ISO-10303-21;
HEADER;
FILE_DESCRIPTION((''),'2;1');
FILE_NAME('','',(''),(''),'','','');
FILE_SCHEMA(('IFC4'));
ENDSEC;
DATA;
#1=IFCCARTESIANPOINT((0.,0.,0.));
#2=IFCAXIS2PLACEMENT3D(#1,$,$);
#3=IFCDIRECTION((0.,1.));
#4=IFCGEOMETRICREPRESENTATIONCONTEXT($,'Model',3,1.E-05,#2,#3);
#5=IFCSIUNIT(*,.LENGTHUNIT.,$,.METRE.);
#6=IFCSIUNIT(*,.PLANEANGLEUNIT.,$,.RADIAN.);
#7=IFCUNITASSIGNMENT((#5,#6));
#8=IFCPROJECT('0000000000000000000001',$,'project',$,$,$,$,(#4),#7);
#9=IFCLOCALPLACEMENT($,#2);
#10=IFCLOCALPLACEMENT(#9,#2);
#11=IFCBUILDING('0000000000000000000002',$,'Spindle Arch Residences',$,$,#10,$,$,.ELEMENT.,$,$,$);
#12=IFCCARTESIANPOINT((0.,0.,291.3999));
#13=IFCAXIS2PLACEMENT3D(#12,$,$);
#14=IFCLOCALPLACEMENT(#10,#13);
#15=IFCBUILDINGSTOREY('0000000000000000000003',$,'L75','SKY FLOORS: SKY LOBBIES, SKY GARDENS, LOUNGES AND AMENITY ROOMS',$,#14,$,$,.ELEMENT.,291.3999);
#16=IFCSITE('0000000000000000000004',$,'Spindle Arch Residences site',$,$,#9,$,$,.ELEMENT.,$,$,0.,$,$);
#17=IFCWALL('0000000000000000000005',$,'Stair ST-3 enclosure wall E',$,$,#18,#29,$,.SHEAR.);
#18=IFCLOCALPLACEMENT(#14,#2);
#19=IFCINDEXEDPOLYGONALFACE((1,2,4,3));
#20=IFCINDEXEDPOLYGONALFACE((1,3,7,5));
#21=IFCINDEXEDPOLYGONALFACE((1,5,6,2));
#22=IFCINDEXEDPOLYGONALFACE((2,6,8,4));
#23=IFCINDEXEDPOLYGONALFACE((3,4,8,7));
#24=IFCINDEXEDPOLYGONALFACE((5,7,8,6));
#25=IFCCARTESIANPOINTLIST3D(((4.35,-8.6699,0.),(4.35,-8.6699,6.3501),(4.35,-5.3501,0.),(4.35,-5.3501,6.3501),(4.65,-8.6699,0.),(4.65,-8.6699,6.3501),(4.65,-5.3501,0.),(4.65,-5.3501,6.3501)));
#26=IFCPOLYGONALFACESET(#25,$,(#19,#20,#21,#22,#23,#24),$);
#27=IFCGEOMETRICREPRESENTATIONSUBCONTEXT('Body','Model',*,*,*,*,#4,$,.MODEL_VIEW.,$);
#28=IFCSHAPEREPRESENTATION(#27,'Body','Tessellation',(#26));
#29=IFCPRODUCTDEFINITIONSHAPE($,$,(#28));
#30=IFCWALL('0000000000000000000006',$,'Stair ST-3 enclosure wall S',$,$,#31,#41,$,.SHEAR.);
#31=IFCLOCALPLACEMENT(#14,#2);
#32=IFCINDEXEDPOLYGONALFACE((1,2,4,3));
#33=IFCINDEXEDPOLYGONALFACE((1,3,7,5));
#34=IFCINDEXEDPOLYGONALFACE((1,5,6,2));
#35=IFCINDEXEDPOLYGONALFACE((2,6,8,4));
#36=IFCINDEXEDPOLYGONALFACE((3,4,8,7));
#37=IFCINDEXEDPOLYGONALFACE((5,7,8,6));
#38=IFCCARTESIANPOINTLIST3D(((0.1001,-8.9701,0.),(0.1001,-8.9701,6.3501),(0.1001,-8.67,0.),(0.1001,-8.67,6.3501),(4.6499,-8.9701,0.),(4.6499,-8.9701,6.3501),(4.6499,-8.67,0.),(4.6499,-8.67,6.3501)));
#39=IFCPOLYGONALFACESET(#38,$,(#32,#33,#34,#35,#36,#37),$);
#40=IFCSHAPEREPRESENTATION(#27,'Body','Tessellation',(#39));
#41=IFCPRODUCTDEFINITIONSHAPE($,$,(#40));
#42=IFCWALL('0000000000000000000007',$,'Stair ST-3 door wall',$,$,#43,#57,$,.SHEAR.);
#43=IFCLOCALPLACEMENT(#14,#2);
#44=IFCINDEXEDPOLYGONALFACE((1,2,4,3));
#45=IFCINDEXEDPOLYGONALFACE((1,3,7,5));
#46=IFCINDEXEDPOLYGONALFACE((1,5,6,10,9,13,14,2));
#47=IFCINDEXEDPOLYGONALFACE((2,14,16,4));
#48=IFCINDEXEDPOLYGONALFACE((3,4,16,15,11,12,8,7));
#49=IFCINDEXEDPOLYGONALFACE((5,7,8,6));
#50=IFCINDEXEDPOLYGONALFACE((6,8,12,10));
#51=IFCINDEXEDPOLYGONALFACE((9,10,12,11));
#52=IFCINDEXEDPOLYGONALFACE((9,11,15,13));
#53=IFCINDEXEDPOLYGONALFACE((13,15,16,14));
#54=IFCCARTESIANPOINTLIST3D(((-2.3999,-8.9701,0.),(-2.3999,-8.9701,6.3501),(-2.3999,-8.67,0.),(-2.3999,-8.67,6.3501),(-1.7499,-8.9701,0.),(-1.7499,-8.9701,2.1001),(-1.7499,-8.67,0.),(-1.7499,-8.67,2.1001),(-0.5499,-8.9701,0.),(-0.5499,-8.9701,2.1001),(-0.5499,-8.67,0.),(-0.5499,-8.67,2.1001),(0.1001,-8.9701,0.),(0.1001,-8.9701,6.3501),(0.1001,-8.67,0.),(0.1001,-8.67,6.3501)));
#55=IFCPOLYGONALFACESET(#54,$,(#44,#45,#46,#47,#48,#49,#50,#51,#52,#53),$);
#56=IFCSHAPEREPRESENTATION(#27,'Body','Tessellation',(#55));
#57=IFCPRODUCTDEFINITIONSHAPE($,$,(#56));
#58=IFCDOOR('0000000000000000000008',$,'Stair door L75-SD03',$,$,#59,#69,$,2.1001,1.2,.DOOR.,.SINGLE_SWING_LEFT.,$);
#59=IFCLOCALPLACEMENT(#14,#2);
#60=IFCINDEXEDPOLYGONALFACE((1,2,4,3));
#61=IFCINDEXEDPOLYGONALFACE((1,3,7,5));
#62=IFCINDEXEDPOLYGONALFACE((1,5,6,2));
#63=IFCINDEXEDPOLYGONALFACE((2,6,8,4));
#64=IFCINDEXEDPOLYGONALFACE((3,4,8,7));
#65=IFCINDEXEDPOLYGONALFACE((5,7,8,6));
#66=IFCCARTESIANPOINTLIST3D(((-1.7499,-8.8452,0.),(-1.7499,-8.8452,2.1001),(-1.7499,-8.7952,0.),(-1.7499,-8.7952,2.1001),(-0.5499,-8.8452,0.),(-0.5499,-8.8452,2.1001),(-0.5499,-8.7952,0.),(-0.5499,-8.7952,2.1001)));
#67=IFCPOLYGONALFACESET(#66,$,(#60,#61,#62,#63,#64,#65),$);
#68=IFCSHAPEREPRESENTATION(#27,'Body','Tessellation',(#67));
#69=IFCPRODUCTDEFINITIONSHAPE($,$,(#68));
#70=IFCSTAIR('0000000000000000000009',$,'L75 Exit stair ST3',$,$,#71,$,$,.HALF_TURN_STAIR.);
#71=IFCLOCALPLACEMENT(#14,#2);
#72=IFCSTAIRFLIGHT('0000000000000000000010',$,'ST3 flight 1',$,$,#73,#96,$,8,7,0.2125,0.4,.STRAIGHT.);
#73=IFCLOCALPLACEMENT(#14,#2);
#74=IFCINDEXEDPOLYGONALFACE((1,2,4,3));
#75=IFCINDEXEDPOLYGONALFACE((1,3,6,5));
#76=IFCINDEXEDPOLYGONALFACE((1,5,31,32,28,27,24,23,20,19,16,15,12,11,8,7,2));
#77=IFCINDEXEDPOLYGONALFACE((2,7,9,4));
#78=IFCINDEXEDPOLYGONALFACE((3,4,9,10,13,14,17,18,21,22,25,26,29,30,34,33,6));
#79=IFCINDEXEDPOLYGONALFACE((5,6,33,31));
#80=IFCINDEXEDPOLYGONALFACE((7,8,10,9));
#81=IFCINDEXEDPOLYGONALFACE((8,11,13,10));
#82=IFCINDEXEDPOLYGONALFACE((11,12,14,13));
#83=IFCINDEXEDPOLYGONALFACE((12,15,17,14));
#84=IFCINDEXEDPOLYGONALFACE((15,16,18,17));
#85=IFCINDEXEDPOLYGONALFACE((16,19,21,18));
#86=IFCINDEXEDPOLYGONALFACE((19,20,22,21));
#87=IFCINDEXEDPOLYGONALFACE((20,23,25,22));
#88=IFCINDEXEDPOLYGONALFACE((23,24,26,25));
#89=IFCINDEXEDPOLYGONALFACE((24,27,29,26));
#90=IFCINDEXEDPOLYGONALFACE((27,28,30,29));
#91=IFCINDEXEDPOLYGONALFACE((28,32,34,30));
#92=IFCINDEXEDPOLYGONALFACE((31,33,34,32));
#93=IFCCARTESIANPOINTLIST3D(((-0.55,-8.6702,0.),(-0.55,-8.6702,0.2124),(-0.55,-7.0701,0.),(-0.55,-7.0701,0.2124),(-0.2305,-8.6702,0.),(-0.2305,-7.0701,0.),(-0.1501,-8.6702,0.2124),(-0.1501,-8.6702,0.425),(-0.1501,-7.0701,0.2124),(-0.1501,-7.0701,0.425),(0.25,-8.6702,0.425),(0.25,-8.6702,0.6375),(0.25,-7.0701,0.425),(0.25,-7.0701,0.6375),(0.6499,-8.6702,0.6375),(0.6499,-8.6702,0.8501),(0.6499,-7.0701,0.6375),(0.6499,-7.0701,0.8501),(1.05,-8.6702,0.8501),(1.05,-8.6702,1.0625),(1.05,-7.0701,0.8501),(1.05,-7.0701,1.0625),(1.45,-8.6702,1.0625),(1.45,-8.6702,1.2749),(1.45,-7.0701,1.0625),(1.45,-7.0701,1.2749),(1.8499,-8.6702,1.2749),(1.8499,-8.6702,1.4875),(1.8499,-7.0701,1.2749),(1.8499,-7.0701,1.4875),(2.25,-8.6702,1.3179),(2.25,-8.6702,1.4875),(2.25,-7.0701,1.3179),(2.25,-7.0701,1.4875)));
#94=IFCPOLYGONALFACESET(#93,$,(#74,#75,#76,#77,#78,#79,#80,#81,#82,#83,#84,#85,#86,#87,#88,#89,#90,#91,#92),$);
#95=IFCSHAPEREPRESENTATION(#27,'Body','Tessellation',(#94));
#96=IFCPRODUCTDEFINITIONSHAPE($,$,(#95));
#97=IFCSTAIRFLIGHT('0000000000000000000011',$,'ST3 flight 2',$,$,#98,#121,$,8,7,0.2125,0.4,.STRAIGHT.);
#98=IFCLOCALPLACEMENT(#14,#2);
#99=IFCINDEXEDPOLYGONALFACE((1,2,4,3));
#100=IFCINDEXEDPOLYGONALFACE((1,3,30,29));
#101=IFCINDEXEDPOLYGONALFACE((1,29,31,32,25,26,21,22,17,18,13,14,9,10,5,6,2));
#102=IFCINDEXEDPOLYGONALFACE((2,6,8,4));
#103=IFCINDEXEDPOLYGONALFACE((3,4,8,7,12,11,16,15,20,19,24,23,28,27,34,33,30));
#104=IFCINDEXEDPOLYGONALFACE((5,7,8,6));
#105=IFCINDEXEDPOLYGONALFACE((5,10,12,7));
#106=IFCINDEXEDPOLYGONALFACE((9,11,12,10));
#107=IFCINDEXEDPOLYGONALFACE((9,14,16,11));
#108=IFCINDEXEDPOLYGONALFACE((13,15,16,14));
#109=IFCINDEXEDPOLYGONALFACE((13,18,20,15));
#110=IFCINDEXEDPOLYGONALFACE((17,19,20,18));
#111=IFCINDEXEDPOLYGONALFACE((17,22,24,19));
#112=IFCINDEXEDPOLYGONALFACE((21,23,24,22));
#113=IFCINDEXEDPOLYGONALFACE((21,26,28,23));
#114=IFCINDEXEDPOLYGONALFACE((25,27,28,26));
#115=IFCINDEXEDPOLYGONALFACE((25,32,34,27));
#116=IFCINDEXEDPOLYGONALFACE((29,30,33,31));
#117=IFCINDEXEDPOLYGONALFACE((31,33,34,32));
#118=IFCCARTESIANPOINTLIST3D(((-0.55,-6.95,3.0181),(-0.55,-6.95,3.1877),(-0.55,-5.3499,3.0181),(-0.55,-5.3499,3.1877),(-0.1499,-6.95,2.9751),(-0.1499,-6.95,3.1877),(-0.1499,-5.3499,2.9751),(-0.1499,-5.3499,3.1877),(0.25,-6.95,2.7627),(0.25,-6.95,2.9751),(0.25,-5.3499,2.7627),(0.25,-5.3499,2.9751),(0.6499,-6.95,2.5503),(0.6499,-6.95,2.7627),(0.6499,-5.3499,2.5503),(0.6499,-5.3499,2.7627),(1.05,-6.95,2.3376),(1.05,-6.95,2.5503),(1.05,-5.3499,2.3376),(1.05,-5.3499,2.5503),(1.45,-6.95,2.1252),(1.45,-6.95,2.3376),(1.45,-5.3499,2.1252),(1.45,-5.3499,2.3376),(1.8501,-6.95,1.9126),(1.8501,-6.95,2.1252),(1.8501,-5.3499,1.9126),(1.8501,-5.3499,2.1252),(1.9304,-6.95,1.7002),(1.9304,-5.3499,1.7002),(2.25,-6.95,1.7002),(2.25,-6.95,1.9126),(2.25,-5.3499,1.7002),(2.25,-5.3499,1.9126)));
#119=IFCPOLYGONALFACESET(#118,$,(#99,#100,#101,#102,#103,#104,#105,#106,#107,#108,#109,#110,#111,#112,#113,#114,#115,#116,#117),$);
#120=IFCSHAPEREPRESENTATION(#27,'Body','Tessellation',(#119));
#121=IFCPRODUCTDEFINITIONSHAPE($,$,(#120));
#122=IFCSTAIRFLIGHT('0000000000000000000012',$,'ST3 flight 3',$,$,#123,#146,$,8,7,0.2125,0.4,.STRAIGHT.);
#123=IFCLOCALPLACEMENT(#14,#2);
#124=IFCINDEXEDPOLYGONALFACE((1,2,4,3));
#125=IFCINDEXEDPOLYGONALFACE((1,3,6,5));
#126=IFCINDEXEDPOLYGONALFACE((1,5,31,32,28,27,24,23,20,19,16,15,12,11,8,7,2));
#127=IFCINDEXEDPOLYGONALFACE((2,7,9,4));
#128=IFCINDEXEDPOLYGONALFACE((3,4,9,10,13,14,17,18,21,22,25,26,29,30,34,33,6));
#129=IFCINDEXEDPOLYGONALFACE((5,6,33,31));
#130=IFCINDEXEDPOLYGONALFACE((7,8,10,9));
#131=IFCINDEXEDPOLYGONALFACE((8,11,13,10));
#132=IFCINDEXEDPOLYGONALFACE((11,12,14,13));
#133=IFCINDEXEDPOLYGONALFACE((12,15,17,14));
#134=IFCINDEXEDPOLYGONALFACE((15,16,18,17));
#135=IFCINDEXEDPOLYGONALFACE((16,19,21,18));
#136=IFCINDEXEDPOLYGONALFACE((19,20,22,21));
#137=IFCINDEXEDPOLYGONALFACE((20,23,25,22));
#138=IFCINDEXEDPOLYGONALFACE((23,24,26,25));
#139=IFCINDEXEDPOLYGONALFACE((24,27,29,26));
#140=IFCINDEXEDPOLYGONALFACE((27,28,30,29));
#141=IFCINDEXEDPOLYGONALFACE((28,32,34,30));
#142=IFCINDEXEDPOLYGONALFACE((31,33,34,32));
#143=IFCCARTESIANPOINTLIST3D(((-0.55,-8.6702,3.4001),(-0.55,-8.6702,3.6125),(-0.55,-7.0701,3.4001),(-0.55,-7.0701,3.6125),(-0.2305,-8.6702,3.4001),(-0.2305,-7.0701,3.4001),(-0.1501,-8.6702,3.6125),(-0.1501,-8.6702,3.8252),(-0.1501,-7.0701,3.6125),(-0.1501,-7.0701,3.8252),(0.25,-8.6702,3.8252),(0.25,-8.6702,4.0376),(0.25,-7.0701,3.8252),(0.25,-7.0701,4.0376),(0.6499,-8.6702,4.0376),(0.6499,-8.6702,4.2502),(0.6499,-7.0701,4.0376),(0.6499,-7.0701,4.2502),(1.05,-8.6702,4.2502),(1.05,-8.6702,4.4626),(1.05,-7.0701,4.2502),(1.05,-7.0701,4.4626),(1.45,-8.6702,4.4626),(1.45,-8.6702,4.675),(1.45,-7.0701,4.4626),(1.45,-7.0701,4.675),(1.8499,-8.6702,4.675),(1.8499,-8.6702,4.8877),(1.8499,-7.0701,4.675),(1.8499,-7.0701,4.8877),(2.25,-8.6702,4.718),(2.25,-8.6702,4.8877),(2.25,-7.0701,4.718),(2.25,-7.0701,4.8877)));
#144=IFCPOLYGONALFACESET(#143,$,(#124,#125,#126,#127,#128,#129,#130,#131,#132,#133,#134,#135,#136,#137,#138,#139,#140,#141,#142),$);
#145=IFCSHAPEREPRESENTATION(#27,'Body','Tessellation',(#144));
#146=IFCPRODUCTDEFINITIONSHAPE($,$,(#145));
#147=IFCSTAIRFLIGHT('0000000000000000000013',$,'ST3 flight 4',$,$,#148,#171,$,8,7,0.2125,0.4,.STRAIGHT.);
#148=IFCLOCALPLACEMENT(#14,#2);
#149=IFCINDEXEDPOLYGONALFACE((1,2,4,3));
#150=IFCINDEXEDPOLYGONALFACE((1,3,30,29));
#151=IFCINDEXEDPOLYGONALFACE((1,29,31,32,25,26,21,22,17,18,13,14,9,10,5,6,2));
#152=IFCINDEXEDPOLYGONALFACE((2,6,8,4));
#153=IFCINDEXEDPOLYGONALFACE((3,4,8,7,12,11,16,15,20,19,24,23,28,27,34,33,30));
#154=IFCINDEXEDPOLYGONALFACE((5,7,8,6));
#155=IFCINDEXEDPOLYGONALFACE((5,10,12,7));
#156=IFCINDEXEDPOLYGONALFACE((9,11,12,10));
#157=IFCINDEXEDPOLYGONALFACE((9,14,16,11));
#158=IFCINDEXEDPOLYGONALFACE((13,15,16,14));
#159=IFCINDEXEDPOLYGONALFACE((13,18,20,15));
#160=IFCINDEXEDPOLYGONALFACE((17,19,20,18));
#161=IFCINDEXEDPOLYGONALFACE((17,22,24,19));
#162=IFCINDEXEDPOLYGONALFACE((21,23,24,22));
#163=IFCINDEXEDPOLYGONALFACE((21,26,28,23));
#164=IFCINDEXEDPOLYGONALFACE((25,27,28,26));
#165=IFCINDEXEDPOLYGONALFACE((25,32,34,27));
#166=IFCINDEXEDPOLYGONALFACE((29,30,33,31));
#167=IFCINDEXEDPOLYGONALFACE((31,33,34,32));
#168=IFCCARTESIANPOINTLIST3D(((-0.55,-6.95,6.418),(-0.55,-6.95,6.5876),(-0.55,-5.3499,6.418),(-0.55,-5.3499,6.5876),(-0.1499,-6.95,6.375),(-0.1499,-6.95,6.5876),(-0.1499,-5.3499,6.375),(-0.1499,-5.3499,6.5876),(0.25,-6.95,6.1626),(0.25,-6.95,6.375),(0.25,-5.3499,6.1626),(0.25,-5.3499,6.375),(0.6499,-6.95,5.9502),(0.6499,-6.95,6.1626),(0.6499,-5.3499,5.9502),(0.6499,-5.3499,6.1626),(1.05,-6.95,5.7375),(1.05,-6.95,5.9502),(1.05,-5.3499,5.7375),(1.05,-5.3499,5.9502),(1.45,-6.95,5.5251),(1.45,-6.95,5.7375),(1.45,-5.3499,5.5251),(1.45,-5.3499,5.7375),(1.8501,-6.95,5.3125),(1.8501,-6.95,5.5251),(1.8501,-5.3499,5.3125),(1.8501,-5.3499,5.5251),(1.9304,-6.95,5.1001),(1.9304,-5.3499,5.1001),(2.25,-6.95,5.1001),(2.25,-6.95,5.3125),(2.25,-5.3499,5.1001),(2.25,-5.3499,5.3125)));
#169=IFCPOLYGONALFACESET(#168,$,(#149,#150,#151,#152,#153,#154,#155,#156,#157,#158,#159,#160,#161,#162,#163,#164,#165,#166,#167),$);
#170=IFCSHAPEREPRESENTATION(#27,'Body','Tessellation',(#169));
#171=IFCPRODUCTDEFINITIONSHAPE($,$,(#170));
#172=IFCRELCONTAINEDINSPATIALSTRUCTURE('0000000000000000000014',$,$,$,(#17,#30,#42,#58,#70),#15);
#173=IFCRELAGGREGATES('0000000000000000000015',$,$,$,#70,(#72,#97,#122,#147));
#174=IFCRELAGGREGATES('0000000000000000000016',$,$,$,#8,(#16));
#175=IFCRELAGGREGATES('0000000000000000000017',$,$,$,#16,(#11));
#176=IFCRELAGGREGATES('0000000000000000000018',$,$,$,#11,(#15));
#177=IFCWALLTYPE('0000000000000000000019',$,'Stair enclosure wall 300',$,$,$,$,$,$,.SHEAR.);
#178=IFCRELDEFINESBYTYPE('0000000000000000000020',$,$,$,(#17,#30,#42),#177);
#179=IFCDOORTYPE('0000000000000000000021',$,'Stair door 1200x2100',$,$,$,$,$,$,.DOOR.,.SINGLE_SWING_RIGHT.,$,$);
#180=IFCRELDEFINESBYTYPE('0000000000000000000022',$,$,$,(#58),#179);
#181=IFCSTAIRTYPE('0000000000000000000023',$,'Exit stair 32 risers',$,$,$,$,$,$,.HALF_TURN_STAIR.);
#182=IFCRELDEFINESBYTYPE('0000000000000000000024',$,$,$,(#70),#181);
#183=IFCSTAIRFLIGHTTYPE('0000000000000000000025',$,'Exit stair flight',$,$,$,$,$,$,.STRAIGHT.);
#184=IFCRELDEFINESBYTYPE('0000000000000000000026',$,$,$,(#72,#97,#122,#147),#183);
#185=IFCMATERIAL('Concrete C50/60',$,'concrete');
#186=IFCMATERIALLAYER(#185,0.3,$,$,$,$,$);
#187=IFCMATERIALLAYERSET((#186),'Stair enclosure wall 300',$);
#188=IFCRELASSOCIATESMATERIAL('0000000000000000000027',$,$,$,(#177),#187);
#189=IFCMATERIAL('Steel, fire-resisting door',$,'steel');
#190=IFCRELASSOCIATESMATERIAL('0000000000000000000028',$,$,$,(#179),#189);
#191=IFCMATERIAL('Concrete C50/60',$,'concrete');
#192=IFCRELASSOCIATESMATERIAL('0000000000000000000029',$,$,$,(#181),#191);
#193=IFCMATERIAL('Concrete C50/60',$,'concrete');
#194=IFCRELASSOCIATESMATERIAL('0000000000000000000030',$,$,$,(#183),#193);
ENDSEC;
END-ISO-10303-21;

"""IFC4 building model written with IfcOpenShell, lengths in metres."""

from ifc_helpers import new_model, si_unit, direction, frame, frame_2d, origin, place, context, subcontext, project, spatial, polyline, rectangle, outline, extrude, material, layer, layer_set, type_object, element, fill, aggregate, save


model = new_model("IFC4")

# Units and contexts
model_context = context("Model", 3, precision=1e-05, world=origin(), true_north=direction((0.0, 1.0)))
body_context = subcontext(model_context, "Body", "Model", "MODEL_VIEW")
ifc_project = project(units=[si_unit("LENGTHUNIT", "METRE"), si_unit("PLANEANGLEUNIT", "RADIAN")], contexts=[model_context])

# Site, building, storey
site_placement = place(None, origin())
site = spatial("IfcSite", under=ifc_project, at=site_placement, Name="Spindle Arch Residences site", CompositionType="ELEMENT", RefElevation=0.0)
building_placement = place(site_placement, origin())
building = spatial("IfcBuilding", under=site, at=building_placement, Name="Spindle Arch Residences", CompositionType="ELEMENT")
storey_placement = place(building_placement, frame((0.0, 0.0, 291.3999)))
storey = spatial("IfcBuildingStorey", under=building, at=storey_placement, Name="L75", Description="SKY FLOORS: SKY LOBBIES, SKY GARDENS, LOUNGES AND AMENITY ROOMS", CompositionType="ELEMENT", Elevation=291.3999)

# Walls
ifc_material_1 = material(Name="Concrete C50/60", Category="concrete")
ifc_layer_1 = layer(ifc_material_1, 0.3)
ifc_layer_set_1 = layer_set([ifc_layer_1], Name="Stair enclosure wall 300")
wall_type_1 = type_object("IfcWallType", Name="Stair enclosure wall 300", PredefinedType="SHEAR", material=ifc_layer_set_1)
wall_1_placement = place(storey_placement, frame((4.5, -8.6699, 0.0), z_axis=(0.0, 0.0, 1.0), x_axis=(0.0, 1.0, 0.0)))
element("IfcWall", 1, at=wall_1_placement, inside=storey, type_object=wall_type_1, Name="Stair ST-3 enclosure wall E", PredefinedType="SHEAR", context=body_context, shape_type="SweptSolid", body=[
    extrude(rectangle(XDim=3.3198, YDim=0.3, at=frame_2d((1.6599, 0.0))), origin(), (0.0, 0.0, 1.0), 6.3501),
])
wall_2_placement = place(storey_placement, frame((0.1001, -8.8201, 0.0), z_axis=(0.0, 0.0, 1.0), x_axis=(1.0, 0.0, 0.0)))
element("IfcWall", 2, at=wall_2_placement, inside=storey, type_object=wall_type_1, Name="Stair ST-3 enclosure wall S", PredefinedType="SHEAR", context=body_context, shape_type="SweptSolid", body=[
    extrude(rectangle(XDim=4.5498, YDim=0.3, at=frame_2d((2.2749, 0.0))), origin(), (0.0, 0.0, 1.0), 6.3501),
])

# Wall, opening, door
wall_3_placement = place(storey_placement, frame((-2.3999, -8.8201, 0.0), z_axis=(0.0, 0.0, 1.0), x_axis=(1.0, 0.0, 0.0)))
wall_3 = element("IfcWall", 3, at=wall_3_placement, inside=storey, type_object=wall_type_1, Name="Stair ST-3 door wall", PredefinedType="SHEAR", context=body_context, shape_type="SweptSolid", body=[
    extrude(rectangle(XDim=2.5, YDim=0.3, at=frame_2d((1.25, 0.0))), origin(), (0.0, 0.0, 1.0), 6.3501),
])
opening_1_placement = place(wall_3_placement, frame((0.6499, 0.0, 0.0)))
opening_1 = element("IfcOpeningElement", 4, at=opening_1_placement, cuts=wall_3, PredefinedType="OPENING", context=body_context, shape_type="SweptSolid", body=[
    extrude(rectangle(XDim=1.2, YDim=2.1001, at=frame_2d((0.6001, 1.05))), frame((0.0, 0.1602, 0.0), z_axis=(0.0, -1.0, 0.0), x_axis=(1.0, 0.0, 0.0)), (0.0, 0.0, 1.0), 0.3201),
])
ifc_material_2 = material(Name="Steel, fire-resisting door", Category="steel")
door_type_1 = type_object("IfcDoorType", Name="Stair door 1200x2100", OperationType="SINGLE_SWING_RIGHT", PredefinedType="DOOR", material=ifc_material_2)
door_1_placement = place(opening_1_placement, origin())
door_1 = element("IfcDoor", 5, at=door_1_placement, inside=storey, type_object=door_type_1, Name="Stair door L75-SD03", OperationType="SINGLE_SWING_LEFT", OverallHeight=2.1001, OverallWidth=1.2, PredefinedType="DOOR", context=body_context, shape_type="SweptSolid", body=[
    extrude(rectangle(XDim=1.2, YDim=2.1001, at=frame_2d((0.6001, 1.05))), frame((0.0, 0.0249, 0.0), z_axis=(0.0, -1.0, 0.0), x_axis=(1.0, 0.0, 0.0)), (0.0, 0.0, 1.0), 0.05),
])
fill(opening_1, door_1)

# Stair, stair flights
ifc_material_3 = material(Name="Concrete C50/60", Category="concrete")
stair_type = type_object("IfcStairType", Name="Exit stair 32 risers", PredefinedType="HALF_TURN_STAIR", material=ifc_material_3)
stair_placement = place(storey_placement, origin())
stair = element("IfcStair", 6, at=stair_placement, inside=storey, type_object=stair_type, Name="L75 Exit stair ST3", PredefinedType="HALF_TURN_STAIR")
ifc_material_4 = material(Name="Concrete C50/60", Category="concrete")
stair_flight_type = type_object("IfcStairFlightType", Name="Exit stair flight", PredefinedType="STRAIGHT", material=ifc_material_4)
stair_flight_1_placement = place(storey_placement, frame((-0.55, -7.8701, 0.0), z_axis=(0.0, 0.0, 1.0), x_axis=(1.0, 0.0, 0.0)))
stair_flight_1 = element("IfcStairFlight", 7, at=stair_flight_1_placement, type_object=stair_flight_type, Name="ST3 flight 1", NumberOfRisers=8, NumberOfTreads=7, PredefinedType="STRAIGHT", RiserHeight=0.2125, TreadLength=0.4, context=body_context, shape_type="SweptSolid", body=[
    extrude(outline(polyline([(0.0, 0.0), (0.0, 0.2124), (0.3999, 0.2124), (0.3999, 0.425), (0.8, 0.425), (0.8, 0.6375), (1.2, 0.6375), (1.2, 0.8501), (1.6001, 0.8501), (1.6001, 1.0625), (2.0, 1.0625), (2.0, 1.2749), (2.3999, 1.2749), (2.3999, 1.4875), (2.8, 1.4875), (2.8, 1.7), (2.8, 1.3179), (0.3196, 0.0), (0.0, 0.0)])), frame((0.0, 0.8, 0.0), z_axis=(0.0, -1.0, 0.0), x_axis=(1.0, 0.0, 0.0)), (0.0, 0.0, 1.0), 1.6001),
])
stair_flight_2_placement = place(storey_placement, frame((2.25, -6.1499, 1.7002), z_axis=(0.0, 0.0, 1.0), x_axis=(-1.0, 0.0, 0.0)))
stair_flight_2 = element("IfcStairFlight", 8, at=stair_flight_2_placement, type_object=stair_flight_type, Name="ST3 flight 2", NumberOfRisers=8, NumberOfTreads=7, PredefinedType="STRAIGHT", RiserHeight=0.2125, TreadLength=0.4, context=body_context, shape_type="SweptSolid", body=[
    extrude(outline(polyline([(0.0, 0.0), (0.0, 0.2124), (0.3999, 0.2124), (0.3999, 0.425), (0.8, 0.425), (0.8, 0.6375), (1.2, 0.6375), (1.2, 0.8501), (1.6001, 0.8501), (1.6001, 1.0625), (2.0, 1.0625), (2.0, 1.2749), (2.3999, 1.2749), (2.3999, 1.4875), (2.8, 1.4875), (2.8, 1.7), (2.8, 1.3179), (0.3196, 0.0), (0.0, 0.0)])), frame((0.0, 0.8, 0.0), z_axis=(0.0, -1.0, 0.0), x_axis=(1.0, 0.0, 0.0)), (0.0, 0.0, 1.0), 1.6001),
])
stair_flight_3_placement = place(storey_placement, frame((-0.55, -7.8701, 3.4001), z_axis=(0.0, 0.0, 1.0), x_axis=(1.0, 0.0, 0.0)))
stair_flight_3 = element("IfcStairFlight", 9, at=stair_flight_3_placement, type_object=stair_flight_type, Name="ST3 flight 3", NumberOfRisers=8, NumberOfTreads=7, PredefinedType="STRAIGHT", RiserHeight=0.2125, TreadLength=0.4, context=body_context, shape_type="SweptSolid", body=[
    extrude(outline(polyline([(0.0, 0.0), (0.0, 0.2124), (0.3999, 0.2124), (0.3999, 0.425), (0.8, 0.425), (0.8, 0.6375), (1.2, 0.6375), (1.2, 0.8501), (1.6001, 0.8501), (1.6001, 1.0625), (2.0, 1.0625), (2.0, 1.2749), (2.3999, 1.2749), (2.3999, 1.4875), (2.8, 1.4875), (2.8, 1.7), (2.8, 1.3179), (0.3196, 0.0), (0.0, 0.0)])), frame((0.0, 0.8, 0.0), z_axis=(0.0, -1.0, 0.0), x_axis=(1.0, 0.0, 0.0)), (0.0, 0.0, 1.0), 1.6001),
])
stair_flight_4_placement = place(storey_placement, frame((2.25, -6.1499, 5.1001), z_axis=(0.0, 0.0, 1.0), x_axis=(-1.0, 0.0, 0.0)))
stair_flight_4 = element("IfcStairFlight", 10, at=stair_flight_4_placement, type_object=stair_flight_type, Name="ST3 flight 4", NumberOfRisers=8, NumberOfTreads=7, PredefinedType="STRAIGHT", RiserHeight=0.2125, TreadLength=0.4, context=body_context, shape_type="SweptSolid", body=[
    extrude(outline(polyline([(0.0, 0.0), (0.0, 0.2124), (0.3999, 0.2124), (0.3999, 0.425), (0.8, 0.425), (0.8, 0.6375), (1.2, 0.6375), (1.2, 0.8501), (1.6001, 0.8501), (1.6001, 1.0625), (2.0, 1.0625), (2.0, 1.2749), (2.3999, 1.2749), (2.3999, 1.4875), (2.8, 1.4875), (2.8, 1.7), (2.8, 1.3179), (0.3196, 0.0), (0.0, 0.0)])), frame((0.0, 0.8, 0.0), z_axis=(0.0, -1.0, 0.0), x_axis=(1.0, 0.0, 0.0)), (0.0, 0.0, 1.0), 1.6001),
])
aggregate(stair, [stair_flight_1, stair_flight_2, stair_flight_3, stair_flight_4])

save(model, "model.ifc")
